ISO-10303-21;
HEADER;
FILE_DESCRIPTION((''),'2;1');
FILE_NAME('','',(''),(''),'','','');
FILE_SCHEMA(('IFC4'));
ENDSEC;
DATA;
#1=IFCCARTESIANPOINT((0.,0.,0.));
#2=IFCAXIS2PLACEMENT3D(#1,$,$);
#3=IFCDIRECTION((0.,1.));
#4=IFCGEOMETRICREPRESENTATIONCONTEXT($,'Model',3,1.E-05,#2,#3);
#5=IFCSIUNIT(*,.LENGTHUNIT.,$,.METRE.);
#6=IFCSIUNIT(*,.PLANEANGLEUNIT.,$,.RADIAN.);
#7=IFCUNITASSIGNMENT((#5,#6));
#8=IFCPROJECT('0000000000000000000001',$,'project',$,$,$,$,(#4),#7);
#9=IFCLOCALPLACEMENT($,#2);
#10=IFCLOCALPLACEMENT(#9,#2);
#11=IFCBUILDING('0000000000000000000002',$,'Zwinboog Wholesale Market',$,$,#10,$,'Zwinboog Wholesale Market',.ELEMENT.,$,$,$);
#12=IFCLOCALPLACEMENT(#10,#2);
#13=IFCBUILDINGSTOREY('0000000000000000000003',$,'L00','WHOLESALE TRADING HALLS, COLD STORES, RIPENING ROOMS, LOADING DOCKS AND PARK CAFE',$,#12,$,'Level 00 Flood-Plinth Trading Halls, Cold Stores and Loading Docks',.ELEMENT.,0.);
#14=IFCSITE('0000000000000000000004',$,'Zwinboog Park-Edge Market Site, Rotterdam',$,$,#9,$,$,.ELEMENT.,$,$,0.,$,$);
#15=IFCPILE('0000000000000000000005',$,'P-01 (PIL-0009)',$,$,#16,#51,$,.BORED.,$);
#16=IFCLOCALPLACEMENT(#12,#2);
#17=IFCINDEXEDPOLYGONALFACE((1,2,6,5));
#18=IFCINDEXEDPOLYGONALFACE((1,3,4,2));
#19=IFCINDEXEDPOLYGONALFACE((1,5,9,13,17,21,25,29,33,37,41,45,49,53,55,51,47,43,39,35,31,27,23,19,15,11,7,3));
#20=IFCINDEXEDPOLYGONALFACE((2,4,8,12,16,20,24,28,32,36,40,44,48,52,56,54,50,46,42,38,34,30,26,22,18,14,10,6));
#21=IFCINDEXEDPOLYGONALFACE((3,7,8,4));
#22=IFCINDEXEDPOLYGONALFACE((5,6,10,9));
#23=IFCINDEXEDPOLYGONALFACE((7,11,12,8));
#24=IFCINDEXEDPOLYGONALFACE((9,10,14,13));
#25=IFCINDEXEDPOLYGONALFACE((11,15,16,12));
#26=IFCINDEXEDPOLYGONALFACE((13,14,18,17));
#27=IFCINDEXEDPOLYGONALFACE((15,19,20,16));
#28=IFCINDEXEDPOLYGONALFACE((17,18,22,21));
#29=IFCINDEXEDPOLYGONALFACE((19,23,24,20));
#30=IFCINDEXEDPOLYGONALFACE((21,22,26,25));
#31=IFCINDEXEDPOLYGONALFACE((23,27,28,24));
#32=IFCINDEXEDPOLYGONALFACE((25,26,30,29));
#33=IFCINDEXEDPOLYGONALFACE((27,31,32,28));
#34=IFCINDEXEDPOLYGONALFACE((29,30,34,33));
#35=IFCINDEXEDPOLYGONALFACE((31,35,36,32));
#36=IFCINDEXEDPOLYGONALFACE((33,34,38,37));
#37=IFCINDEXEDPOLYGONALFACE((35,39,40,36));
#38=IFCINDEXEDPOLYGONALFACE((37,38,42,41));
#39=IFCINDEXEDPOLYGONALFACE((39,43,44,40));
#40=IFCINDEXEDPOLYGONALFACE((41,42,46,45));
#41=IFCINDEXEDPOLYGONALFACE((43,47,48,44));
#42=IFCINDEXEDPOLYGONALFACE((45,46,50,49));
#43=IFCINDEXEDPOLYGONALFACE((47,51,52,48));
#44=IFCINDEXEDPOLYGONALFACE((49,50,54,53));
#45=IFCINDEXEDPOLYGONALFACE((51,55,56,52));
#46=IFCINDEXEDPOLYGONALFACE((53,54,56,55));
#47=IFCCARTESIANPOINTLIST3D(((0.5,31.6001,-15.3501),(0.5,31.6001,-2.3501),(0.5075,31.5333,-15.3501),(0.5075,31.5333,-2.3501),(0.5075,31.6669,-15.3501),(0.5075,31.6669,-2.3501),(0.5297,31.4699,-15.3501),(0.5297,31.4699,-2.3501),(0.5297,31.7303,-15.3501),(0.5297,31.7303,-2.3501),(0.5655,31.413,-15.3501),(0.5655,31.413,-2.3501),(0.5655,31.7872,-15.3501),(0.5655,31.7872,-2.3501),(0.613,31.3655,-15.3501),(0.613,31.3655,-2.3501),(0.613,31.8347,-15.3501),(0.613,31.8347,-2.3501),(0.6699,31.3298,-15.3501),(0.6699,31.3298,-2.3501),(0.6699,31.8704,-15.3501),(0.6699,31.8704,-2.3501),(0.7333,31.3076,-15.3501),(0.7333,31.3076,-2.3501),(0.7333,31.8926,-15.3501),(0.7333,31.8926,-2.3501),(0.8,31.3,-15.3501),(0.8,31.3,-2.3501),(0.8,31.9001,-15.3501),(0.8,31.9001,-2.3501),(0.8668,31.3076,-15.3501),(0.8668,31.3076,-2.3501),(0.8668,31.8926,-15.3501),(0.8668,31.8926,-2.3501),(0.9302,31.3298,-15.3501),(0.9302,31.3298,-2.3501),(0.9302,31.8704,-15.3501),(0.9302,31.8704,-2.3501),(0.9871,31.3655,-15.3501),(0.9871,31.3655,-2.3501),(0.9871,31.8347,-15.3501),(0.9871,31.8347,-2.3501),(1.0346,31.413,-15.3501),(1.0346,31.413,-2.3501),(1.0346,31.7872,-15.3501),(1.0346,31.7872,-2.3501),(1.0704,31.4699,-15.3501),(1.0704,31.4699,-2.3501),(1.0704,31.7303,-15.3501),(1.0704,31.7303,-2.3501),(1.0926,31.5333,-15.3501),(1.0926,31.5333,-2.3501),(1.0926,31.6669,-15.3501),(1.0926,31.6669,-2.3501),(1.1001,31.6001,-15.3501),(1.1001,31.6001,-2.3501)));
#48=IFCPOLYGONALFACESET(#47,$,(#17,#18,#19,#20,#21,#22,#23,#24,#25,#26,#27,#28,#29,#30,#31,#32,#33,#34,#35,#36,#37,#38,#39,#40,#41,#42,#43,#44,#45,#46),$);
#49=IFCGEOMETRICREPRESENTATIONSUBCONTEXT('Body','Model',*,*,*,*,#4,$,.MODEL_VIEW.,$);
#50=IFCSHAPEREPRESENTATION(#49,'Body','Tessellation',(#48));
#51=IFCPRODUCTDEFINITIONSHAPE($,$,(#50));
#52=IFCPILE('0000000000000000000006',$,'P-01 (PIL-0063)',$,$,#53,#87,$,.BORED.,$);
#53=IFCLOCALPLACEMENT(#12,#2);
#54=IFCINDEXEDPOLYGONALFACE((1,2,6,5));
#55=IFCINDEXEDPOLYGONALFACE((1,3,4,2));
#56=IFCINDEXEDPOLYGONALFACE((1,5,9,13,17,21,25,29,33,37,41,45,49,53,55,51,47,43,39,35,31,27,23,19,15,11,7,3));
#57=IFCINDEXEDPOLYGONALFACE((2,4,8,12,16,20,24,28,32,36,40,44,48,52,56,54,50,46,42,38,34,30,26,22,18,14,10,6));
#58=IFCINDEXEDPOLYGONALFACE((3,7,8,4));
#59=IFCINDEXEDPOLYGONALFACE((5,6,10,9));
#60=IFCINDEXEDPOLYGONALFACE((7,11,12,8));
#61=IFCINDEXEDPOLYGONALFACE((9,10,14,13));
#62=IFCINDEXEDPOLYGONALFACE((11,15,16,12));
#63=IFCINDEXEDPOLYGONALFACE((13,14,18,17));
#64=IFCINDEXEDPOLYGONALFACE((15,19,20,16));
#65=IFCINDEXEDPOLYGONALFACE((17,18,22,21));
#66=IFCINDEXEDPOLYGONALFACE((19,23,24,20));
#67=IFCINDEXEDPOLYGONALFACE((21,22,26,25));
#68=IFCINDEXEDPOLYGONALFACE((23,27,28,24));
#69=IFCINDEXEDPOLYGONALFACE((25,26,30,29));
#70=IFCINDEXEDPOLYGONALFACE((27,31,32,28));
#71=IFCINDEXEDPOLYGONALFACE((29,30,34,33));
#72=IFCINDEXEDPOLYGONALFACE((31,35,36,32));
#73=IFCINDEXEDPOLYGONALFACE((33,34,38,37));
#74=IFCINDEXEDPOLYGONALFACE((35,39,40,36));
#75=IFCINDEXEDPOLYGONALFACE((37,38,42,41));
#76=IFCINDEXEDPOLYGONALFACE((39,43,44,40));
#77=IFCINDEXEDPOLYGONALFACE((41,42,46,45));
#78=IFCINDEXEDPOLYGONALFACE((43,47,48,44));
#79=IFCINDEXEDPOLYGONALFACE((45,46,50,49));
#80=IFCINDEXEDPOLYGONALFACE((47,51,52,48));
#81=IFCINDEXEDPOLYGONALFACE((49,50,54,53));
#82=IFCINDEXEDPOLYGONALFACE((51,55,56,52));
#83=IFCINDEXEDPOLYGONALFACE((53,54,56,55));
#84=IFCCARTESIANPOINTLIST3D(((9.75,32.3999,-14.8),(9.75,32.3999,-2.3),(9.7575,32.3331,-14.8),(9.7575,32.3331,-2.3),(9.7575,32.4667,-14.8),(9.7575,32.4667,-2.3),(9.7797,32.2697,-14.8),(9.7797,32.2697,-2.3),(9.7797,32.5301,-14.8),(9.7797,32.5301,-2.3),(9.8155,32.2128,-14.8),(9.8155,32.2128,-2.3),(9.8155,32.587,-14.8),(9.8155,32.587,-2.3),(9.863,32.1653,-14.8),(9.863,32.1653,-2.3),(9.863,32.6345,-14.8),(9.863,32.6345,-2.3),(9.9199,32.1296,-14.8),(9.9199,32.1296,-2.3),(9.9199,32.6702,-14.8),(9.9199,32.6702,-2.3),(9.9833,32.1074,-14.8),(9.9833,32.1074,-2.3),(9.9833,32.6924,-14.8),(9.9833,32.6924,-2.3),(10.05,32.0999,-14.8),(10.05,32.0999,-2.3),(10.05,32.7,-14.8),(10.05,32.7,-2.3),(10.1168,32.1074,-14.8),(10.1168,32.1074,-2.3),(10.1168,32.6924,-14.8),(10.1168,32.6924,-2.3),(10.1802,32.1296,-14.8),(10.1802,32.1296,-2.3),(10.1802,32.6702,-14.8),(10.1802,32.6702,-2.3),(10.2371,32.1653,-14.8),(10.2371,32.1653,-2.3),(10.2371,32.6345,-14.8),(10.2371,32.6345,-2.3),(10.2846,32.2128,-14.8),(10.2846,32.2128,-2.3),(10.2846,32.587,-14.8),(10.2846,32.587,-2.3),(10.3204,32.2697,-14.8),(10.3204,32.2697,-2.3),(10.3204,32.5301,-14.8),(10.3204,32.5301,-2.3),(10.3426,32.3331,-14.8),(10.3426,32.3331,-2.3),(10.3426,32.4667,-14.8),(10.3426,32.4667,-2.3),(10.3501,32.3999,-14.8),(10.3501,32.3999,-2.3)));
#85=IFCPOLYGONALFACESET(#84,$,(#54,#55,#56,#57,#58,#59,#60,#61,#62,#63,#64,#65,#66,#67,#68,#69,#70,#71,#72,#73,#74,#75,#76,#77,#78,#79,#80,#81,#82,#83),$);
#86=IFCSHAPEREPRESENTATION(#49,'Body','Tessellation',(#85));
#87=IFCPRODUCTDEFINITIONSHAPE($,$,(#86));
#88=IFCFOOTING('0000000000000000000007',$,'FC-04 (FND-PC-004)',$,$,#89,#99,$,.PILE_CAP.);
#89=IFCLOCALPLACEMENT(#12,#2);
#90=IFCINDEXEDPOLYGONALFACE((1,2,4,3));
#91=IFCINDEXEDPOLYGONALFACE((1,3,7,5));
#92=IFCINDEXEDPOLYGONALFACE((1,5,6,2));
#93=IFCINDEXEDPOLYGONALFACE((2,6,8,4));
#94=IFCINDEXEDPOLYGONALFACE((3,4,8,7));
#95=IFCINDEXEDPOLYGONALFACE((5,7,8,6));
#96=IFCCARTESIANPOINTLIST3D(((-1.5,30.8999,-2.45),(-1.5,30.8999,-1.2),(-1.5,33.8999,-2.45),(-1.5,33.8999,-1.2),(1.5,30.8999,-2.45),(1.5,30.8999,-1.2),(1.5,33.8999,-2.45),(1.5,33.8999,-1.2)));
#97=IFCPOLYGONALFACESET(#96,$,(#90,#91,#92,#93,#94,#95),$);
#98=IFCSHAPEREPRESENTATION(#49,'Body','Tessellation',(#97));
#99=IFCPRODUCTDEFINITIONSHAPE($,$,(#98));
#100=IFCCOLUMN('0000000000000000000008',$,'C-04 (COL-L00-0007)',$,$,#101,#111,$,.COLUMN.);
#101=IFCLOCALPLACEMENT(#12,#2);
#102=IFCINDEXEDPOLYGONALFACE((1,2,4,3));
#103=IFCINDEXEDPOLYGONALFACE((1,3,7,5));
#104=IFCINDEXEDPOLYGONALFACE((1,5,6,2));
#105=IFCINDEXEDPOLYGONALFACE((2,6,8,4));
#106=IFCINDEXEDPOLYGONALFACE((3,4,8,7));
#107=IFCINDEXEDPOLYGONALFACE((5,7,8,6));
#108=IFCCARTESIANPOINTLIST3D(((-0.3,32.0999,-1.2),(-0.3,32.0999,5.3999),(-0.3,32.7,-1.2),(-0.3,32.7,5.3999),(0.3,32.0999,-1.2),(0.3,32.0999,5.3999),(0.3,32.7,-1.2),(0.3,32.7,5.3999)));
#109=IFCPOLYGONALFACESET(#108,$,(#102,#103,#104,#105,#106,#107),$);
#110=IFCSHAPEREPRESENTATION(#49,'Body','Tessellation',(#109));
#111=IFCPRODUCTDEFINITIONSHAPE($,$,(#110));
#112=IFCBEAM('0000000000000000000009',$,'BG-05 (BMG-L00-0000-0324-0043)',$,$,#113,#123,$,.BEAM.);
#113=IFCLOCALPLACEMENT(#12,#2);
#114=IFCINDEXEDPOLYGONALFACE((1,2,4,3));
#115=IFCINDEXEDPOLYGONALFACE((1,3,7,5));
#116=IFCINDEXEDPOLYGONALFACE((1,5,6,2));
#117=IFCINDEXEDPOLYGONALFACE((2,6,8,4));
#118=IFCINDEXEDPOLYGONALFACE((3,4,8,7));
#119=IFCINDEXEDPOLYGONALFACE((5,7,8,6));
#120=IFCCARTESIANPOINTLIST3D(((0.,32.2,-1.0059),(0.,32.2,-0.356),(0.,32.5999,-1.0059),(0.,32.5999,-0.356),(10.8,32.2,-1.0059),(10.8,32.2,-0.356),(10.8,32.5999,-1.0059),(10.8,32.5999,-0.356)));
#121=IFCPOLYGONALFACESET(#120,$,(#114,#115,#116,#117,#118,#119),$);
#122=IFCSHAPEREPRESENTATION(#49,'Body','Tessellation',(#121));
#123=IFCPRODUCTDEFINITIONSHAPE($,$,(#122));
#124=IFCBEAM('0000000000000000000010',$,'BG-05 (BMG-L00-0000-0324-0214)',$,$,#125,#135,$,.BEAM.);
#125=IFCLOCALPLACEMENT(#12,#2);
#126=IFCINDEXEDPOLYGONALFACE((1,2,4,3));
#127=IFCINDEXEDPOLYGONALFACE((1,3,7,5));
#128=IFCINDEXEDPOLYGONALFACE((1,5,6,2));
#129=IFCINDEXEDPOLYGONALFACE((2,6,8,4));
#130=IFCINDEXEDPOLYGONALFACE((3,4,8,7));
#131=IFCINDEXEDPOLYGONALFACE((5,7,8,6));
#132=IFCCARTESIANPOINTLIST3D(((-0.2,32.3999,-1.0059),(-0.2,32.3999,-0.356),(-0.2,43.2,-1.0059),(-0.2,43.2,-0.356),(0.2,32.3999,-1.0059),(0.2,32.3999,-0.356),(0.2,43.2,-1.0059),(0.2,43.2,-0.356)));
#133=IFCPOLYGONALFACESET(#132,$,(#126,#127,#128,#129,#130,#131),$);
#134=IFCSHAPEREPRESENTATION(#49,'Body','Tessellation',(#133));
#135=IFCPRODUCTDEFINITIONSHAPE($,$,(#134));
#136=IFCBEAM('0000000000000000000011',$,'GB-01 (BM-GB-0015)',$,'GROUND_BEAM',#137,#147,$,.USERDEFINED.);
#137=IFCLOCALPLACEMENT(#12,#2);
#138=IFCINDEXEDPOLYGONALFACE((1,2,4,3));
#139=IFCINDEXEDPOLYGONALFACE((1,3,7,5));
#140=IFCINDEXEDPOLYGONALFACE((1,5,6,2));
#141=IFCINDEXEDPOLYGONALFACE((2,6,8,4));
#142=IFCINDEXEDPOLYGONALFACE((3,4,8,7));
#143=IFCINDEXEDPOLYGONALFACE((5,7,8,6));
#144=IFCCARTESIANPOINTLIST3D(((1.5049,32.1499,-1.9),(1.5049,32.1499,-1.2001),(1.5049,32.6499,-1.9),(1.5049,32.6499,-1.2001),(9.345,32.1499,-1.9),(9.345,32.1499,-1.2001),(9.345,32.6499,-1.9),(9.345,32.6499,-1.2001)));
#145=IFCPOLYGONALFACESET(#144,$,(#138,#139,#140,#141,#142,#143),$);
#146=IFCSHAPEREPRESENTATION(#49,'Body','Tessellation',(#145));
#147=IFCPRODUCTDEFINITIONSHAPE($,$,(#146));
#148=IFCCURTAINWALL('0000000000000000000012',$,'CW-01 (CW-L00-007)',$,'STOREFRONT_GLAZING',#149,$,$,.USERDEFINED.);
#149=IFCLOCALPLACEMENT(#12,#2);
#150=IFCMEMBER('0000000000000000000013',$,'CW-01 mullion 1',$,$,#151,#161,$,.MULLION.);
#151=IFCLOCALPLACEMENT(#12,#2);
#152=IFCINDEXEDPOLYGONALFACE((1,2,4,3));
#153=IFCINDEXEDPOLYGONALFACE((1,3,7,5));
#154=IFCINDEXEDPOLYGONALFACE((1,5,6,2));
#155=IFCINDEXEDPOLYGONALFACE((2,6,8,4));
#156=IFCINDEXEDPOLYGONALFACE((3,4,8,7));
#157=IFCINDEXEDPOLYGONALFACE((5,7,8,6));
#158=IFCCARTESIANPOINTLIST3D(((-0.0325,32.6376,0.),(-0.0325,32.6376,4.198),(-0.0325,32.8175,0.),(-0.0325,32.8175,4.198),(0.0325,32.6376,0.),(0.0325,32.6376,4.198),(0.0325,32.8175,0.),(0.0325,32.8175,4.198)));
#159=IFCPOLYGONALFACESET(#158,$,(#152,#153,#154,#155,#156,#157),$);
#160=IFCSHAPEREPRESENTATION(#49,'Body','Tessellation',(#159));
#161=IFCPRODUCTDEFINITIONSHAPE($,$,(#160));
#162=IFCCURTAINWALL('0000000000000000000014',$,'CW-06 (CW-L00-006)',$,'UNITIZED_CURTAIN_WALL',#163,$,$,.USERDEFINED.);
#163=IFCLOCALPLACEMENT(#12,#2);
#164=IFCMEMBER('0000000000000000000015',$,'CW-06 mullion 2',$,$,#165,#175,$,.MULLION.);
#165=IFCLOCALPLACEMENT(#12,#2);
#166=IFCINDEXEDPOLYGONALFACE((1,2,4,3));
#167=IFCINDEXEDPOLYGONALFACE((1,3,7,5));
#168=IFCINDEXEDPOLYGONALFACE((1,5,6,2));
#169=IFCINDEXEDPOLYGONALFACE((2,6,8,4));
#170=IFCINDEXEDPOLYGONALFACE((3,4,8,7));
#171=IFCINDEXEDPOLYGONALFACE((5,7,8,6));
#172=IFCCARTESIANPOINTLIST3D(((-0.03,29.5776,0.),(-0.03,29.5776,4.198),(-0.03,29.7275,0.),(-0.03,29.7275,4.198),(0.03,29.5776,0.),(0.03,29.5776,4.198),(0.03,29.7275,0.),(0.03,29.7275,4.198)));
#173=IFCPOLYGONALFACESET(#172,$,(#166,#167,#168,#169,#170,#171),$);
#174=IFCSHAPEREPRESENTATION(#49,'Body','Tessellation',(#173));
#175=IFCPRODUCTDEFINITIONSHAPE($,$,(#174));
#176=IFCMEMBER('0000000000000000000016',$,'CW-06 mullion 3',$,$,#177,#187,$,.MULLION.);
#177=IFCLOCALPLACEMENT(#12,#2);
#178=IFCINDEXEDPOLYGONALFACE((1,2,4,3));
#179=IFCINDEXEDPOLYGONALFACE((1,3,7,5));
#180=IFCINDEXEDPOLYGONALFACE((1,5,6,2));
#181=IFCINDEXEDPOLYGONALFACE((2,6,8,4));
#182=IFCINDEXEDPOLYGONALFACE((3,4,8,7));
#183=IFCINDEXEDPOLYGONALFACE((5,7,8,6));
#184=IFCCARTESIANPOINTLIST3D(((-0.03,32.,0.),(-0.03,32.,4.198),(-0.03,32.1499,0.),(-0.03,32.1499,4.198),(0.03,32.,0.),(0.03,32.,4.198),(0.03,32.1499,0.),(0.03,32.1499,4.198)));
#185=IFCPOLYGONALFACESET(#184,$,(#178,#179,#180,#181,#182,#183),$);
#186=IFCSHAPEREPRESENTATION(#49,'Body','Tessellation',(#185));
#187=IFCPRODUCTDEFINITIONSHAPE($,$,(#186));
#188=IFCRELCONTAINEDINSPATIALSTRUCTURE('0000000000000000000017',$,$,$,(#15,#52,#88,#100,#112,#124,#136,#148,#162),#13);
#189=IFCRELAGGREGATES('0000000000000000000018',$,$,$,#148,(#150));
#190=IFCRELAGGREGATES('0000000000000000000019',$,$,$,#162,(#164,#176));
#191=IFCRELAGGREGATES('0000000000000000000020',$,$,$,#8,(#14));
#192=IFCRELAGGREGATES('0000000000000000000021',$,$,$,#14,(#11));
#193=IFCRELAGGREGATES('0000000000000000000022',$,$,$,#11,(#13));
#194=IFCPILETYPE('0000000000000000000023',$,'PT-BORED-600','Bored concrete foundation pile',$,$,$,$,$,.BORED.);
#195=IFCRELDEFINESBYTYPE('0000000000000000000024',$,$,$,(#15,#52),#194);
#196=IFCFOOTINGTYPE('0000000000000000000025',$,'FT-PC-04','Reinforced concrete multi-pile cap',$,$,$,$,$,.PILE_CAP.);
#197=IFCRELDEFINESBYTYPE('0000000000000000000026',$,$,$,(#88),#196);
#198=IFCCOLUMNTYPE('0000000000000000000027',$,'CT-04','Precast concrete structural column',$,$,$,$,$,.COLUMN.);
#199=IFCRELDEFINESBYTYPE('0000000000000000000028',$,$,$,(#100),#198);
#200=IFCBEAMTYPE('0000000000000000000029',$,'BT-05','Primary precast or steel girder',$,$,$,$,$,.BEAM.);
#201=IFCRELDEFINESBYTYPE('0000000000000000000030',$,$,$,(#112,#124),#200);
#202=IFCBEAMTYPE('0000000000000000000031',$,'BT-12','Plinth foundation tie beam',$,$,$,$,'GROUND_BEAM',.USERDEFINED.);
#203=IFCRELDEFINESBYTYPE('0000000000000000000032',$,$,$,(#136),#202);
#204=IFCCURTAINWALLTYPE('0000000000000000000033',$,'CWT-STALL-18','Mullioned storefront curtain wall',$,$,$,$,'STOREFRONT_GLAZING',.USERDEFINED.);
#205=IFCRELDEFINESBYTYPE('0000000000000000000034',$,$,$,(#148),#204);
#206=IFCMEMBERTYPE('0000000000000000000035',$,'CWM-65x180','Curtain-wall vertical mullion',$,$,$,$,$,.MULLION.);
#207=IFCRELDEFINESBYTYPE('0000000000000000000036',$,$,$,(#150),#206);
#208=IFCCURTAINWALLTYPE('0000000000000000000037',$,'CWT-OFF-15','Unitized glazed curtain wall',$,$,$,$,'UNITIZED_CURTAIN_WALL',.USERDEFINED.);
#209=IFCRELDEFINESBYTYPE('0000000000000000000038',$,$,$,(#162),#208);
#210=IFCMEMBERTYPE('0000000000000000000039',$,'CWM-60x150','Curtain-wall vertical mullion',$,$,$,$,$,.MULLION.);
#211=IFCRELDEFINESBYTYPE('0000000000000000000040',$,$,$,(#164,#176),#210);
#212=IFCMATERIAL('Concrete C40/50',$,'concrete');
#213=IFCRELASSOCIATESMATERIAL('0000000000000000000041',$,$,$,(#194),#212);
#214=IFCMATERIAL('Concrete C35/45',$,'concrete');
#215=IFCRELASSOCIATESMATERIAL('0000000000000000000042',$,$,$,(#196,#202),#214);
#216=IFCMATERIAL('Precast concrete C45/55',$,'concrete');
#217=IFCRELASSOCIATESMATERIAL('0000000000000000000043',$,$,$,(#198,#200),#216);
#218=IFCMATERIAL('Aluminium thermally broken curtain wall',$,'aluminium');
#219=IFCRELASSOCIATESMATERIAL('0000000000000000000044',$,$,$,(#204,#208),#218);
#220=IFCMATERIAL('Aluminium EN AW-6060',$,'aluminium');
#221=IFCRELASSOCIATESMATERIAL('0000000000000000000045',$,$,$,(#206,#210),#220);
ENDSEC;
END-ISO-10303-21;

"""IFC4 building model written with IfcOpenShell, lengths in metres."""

from ifc_helpers import new_model, si_unit, direction, frame, origin, origin_2d, place, context, subcontext, project, spatial, rectangle, circle, extrude, material, material_profile, profile_set, type_object, element, aggregate, save


model = new_model("IFC4")

# Units and contexts
model_context = context("Model", 3, precision=1e-05, world=origin(), true_north=direction((0.0, 1.0)))
body_context = subcontext(model_context, "Body", "Model", "MODEL_VIEW")
ifc_project = project(units=[si_unit("LENGTHUNIT", "METRE"), si_unit("PLANEANGLEUNIT", "RADIAN")], contexts=[model_context])

# Site, building, storey
site_placement = place(None, origin())
site = spatial("IfcSite", under=ifc_project, at=site_placement, Name="Zwinboog Park-Edge Market Site, Rotterdam", CompositionType="ELEMENT", RefElevation=0.0)
building_placement = place(site_placement, origin())
building = spatial("IfcBuilding", under=site, at=building_placement, Name="Zwinboog Wholesale Market", LongName="Zwinboog Wholesale Market", CompositionType="ELEMENT")
storey_placement = place(building_placement, origin())
storey = spatial("IfcBuildingStorey", under=building, at=storey_placement, Name="L00", Description="WHOLESALE TRADING HALLS, COLD STORES, RIPENING ROOMS, LOADING DOCKS AND PARK CAFE", LongName="Level 00 Flood-Plinth Trading Halls, Cold Stores and Loading Docks", CompositionType="ELEMENT", Elevation=0.0)

# Piles
ifc_material_1 = material(Name="Concrete C40/50", Category="concrete")
ifc_material_profile_1 = material_profile(ifc_material_1, circle(Radius=0.3, at=origin_2d()), Name="PILE D600")
ifc_profile_set_1 = profile_set([ifc_material_profile_1], Name="Concrete C40/50")
pile_type = type_object("IfcPileType", Name="PT-BORED-600", Description="Bored concrete foundation pile", PredefinedType="BORED", material=ifc_profile_set_1)
pile_1_placement = place(storey_placement, frame((0.8, 31.6001, -2.3501), z_axis=(0.0, 0.0, -1.0), x_axis=(1.0, 0.0, 0.0)))
element("IfcPile", 1, at=pile_1_placement, inside=storey, type_object=pile_type, Name="P-01 (PIL-0009)", PredefinedType="BORED", context=body_context, shape_type="SweptSolid", body=[
    extrude(circle(Radius=0.3, at=origin_2d()), origin(), (0.0, 0.0, 1.0), 13.0),
])
pile_2_placement = place(storey_placement, frame((10.05, 32.3999, -2.3), z_axis=(0.0, 0.0, -1.0), x_axis=(1.0, 0.0, 0.0)))
element("IfcPile", 2, at=pile_2_placement, inside=storey, type_object=pile_type, Name="P-01 (PIL-0063)", PredefinedType="BORED", context=body_context, shape_type="SweptSolid", body=[
    extrude(circle(Radius=0.3, at=origin_2d()), origin(), (0.0, 0.0, 1.0), 12.5),
])

# Footing
ifc_material_2 = material(Name="Concrete C35/45", Category="concrete")
footing_type = type_object("IfcFootingType", Name="FT-PC-04", Description="Reinforced concrete multi-pile cap", PredefinedType="PILE_CAP", material=ifc_material_2)
footing_placement = place(storey_placement, frame((0.0, 32.3999, -2.45), z_axis=(0.0, 0.0, 1.0), x_axis=(1.0, 0.0, 0.0)))
element("IfcFooting", 3, at=footing_placement, inside=storey, type_object=footing_type, Name="FC-04 (FND-PC-004)", PredefinedType="PILE_CAP", context=body_context, shape_type="SweptSolid", body=[
    extrude(rectangle(XDim=3.0, YDim=3.0, at=origin_2d()), origin(), (0.0, 0.0, 1.0), 1.25),
])

# Column
ifc_material_3 = material(Name="Precast concrete C45/55", Category="concrete")
ifc_material_profile_2 = material_profile(ifc_material_3, rectangle(XDim=0.6001, YDim=0.6001, at=origin_2d()), Name="PC 600x600")
ifc_profile_set_2 = profile_set([ifc_material_profile_2], Name="Precast concrete C45/55")
column_type = type_object("IfcColumnType", Name="CT-04", Description="Precast concrete structural column", PredefinedType="COLUMN", material=ifc_profile_set_2)
column_placement = place(storey_placement, frame((0.0, 32.3999, -1.2), z_axis=(0.0, 0.0, 1.0), x_axis=(1.0, 0.0, 0.0)))
element("IfcColumn", 4, at=column_placement, inside=storey, type_object=column_type, Name="C-04 (COL-L00-0007)", PredefinedType="COLUMN", context=body_context, shape_type="SweptSolid", body=[
    extrude(rectangle(XDim=0.6001, YDim=0.6001, at=origin_2d()), origin(), (0.0, 0.0, 1.0), 6.5999),
])

# Beams
ifc_material_profile_3 = material_profile(ifc_material_3, rectangle(XDim=0.3999, YDim=0.6499, at=origin_2d()), Name="PC 400x650")
ifc_profile_set_3 = profile_set([ifc_material_profile_3], Name="Precast concrete C45/55")
beam_type_1 = type_object("IfcBeamType", Name="BT-05", Description="Primary precast or steel girder", PredefinedType="BEAM", material=ifc_profile_set_3)
for number, where, z_axis, x_axis, name in (
    (5, (0.0, 32.3999, -0.6809), (1.0, 0.0, 0.0), (0.0, 1.0, 0.0), "BG-05 (BMG-L00-0000-0324-0043)"),
    (6, (0.0, 32.3999, -0.6809), (0.0, 1.0, 0.0), (-1.0, 0.0, 0.0), "BG-05 (BMG-L00-0000-0324-0214)"),
):
    element("IfcBeam", number, at=place(storey_placement, frame(where, z_axis=z_axis, x_axis=x_axis)), inside=storey, type_object=beam_type_1, Name=name, PredefinedType="BEAM", context=body_context, shape_type="SweptSolid", body=[
        extrude(rectangle(XDim=0.3999, YDim=0.6499, at=origin_2d()), origin(), (0.0, 0.0, 1.0), 10.8),
    ])
ifc_material_profile_4 = material_profile(ifc_material_2, rectangle(XDim=0.5, YDim=0.7, at=origin_2d()), Name="RC 500x700")
ifc_profile_set_4 = profile_set([ifc_material_profile_4], Name="Concrete C35/45")
beam_type_2 = type_object("IfcBeamType", Name="BT-12", Description="Plinth foundation tie beam", ElementType="GROUND_BEAM", PredefinedType="USERDEFINED", material=ifc_profile_set_4)
beam_placement = place(storey_placement, frame((1.5049, 32.3999, -1.55), z_axis=(1.0, 0.0, 0.0), x_axis=(0.0, 1.0, 0.0)))
element("IfcBeam", 7, at=beam_placement, inside=storey, type_object=beam_type_2, Name="GB-01 (BM-GB-0015)", ObjectType="GROUND_BEAM", PredefinedType="USERDEFINED", context=body_context, shape_type="SweptSolid", body=[
    extrude(rectangle(XDim=0.5, YDim=0.7, at=origin_2d()), origin(), (0.0, 0.0, 1.0), 7.8401),
])

# Curtain wall, member
ifc_material_4 = material(Name="Aluminium thermally broken curtain wall", Category="aluminium")
curtain_wall_type_1 = type_object("IfcCurtainWallType", Name="CWT-STALL-18", Description="Mullioned storefront curtain wall", ElementType="STOREFRONT_GLAZING", PredefinedType="USERDEFINED", material=ifc_material_4)
curtain_wall_1_placement = place(storey_placement, origin())
curtain_wall_1 = element("IfcCurtainWall", 8, at=curtain_wall_1_placement, inside=storey, type_object=curtain_wall_type_1, Name="CW-01 (CW-L00-007)", ObjectType="STOREFRONT_GLAZING", PredefinedType="USERDEFINED")
ifc_material_5 = material(Name="Aluminium EN AW-6060", Category="aluminium")
ifc_material_profile_5 = material_profile(ifc_material_5, rectangle(XDim=0.0649, YDim=0.1799, at=origin_2d()), Name="AL 65x180")
ifc_profile_set_5 = profile_set([ifc_material_profile_5], Name="Aluminium EN AW-6060")
member_type_1 = type_object("IfcMemberType", Name="CWM-65x180", Description="Curtain-wall vertical mullion", PredefinedType="MULLION", material=ifc_profile_set_5)
member_1_placement = place(storey_placement, frame((0.0, 32.7275, 0.0), z_axis=(0.0, 0.0, 1.0), x_axis=(-1.0, 0.0, 0.0)))
member_1 = element("IfcMember", 9, at=member_1_placement, type_object=member_type_1, Name="CW-01 mullion 1", PredefinedType="MULLION", context=body_context, shape_type="SweptSolid", body=[
    extrude(rectangle(XDim=0.0649, YDim=0.1799, at=origin_2d()), origin(), (0.0, 0.0, 1.0), 4.198),
])

# Curtain wall, members
curtain_wall_type_2 = type_object("IfcCurtainWallType", Name="CWT-OFF-15", Description="Unitized glazed curtain wall", ElementType="UNITIZED_CURTAIN_WALL", PredefinedType="USERDEFINED", material=ifc_material_4)
curtain_wall_2_placement = place(storey_placement, origin())
curtain_wall_2 = element("IfcCurtainWall", 10, at=curtain_wall_2_placement, inside=storey, type_object=curtain_wall_type_2, Name="CW-06 (CW-L00-006)", ObjectType="UNITIZED_CURTAIN_WALL", PredefinedType="USERDEFINED")
ifc_material_profile_6 = material_profile(ifc_material_5, rectangle(XDim=0.0601, YDim=0.1499, at=origin_2d()), Name="AL 60x150")
ifc_profile_set_6 = profile_set([ifc_material_profile_6], Name="Aluminium EN AW-6060")
member_type_2 = type_object("IfcMemberType", Name="CWM-60x150", Description="Curtain-wall vertical mullion", PredefinedType="MULLION", material=ifc_profile_set_6)
member_2_placement = place(storey_placement, frame((0.0, 29.6526, 0.0), z_axis=(0.0, 0.0, 1.0), x_axis=(-1.0, 0.0, 0.0)))
member_2 = element("IfcMember", 11, at=member_2_placement, type_object=member_type_2, Name="CW-06 mullion 2", PredefinedType="MULLION", context=body_context, shape_type="SweptSolid", body=[
    extrude(rectangle(XDim=0.0601, YDim=0.1499, at=origin_2d()), origin(), (0.0, 0.0, 1.0), 4.198),
])
member_3_placement = place(storey_placement, frame((0.0, 32.075, 0.0), z_axis=(0.0, 0.0, 1.0), x_axis=(-1.0, 0.0, 0.0)))
member_3 = element("IfcMember", 12, at=member_3_placement, type_object=member_type_2, Name="CW-06 mullion 3", PredefinedType="MULLION", context=body_context, shape_type="SweptSolid", body=[
    extrude(rectangle(XDim=0.0601, YDim=0.1499, at=origin_2d()), origin(), (0.0, 0.0, 1.0), 4.198),
])

aggregate(curtain_wall_1, [member_1])

aggregate(curtain_wall_2, [member_2, member_3])

save(model, "model.ifc")
